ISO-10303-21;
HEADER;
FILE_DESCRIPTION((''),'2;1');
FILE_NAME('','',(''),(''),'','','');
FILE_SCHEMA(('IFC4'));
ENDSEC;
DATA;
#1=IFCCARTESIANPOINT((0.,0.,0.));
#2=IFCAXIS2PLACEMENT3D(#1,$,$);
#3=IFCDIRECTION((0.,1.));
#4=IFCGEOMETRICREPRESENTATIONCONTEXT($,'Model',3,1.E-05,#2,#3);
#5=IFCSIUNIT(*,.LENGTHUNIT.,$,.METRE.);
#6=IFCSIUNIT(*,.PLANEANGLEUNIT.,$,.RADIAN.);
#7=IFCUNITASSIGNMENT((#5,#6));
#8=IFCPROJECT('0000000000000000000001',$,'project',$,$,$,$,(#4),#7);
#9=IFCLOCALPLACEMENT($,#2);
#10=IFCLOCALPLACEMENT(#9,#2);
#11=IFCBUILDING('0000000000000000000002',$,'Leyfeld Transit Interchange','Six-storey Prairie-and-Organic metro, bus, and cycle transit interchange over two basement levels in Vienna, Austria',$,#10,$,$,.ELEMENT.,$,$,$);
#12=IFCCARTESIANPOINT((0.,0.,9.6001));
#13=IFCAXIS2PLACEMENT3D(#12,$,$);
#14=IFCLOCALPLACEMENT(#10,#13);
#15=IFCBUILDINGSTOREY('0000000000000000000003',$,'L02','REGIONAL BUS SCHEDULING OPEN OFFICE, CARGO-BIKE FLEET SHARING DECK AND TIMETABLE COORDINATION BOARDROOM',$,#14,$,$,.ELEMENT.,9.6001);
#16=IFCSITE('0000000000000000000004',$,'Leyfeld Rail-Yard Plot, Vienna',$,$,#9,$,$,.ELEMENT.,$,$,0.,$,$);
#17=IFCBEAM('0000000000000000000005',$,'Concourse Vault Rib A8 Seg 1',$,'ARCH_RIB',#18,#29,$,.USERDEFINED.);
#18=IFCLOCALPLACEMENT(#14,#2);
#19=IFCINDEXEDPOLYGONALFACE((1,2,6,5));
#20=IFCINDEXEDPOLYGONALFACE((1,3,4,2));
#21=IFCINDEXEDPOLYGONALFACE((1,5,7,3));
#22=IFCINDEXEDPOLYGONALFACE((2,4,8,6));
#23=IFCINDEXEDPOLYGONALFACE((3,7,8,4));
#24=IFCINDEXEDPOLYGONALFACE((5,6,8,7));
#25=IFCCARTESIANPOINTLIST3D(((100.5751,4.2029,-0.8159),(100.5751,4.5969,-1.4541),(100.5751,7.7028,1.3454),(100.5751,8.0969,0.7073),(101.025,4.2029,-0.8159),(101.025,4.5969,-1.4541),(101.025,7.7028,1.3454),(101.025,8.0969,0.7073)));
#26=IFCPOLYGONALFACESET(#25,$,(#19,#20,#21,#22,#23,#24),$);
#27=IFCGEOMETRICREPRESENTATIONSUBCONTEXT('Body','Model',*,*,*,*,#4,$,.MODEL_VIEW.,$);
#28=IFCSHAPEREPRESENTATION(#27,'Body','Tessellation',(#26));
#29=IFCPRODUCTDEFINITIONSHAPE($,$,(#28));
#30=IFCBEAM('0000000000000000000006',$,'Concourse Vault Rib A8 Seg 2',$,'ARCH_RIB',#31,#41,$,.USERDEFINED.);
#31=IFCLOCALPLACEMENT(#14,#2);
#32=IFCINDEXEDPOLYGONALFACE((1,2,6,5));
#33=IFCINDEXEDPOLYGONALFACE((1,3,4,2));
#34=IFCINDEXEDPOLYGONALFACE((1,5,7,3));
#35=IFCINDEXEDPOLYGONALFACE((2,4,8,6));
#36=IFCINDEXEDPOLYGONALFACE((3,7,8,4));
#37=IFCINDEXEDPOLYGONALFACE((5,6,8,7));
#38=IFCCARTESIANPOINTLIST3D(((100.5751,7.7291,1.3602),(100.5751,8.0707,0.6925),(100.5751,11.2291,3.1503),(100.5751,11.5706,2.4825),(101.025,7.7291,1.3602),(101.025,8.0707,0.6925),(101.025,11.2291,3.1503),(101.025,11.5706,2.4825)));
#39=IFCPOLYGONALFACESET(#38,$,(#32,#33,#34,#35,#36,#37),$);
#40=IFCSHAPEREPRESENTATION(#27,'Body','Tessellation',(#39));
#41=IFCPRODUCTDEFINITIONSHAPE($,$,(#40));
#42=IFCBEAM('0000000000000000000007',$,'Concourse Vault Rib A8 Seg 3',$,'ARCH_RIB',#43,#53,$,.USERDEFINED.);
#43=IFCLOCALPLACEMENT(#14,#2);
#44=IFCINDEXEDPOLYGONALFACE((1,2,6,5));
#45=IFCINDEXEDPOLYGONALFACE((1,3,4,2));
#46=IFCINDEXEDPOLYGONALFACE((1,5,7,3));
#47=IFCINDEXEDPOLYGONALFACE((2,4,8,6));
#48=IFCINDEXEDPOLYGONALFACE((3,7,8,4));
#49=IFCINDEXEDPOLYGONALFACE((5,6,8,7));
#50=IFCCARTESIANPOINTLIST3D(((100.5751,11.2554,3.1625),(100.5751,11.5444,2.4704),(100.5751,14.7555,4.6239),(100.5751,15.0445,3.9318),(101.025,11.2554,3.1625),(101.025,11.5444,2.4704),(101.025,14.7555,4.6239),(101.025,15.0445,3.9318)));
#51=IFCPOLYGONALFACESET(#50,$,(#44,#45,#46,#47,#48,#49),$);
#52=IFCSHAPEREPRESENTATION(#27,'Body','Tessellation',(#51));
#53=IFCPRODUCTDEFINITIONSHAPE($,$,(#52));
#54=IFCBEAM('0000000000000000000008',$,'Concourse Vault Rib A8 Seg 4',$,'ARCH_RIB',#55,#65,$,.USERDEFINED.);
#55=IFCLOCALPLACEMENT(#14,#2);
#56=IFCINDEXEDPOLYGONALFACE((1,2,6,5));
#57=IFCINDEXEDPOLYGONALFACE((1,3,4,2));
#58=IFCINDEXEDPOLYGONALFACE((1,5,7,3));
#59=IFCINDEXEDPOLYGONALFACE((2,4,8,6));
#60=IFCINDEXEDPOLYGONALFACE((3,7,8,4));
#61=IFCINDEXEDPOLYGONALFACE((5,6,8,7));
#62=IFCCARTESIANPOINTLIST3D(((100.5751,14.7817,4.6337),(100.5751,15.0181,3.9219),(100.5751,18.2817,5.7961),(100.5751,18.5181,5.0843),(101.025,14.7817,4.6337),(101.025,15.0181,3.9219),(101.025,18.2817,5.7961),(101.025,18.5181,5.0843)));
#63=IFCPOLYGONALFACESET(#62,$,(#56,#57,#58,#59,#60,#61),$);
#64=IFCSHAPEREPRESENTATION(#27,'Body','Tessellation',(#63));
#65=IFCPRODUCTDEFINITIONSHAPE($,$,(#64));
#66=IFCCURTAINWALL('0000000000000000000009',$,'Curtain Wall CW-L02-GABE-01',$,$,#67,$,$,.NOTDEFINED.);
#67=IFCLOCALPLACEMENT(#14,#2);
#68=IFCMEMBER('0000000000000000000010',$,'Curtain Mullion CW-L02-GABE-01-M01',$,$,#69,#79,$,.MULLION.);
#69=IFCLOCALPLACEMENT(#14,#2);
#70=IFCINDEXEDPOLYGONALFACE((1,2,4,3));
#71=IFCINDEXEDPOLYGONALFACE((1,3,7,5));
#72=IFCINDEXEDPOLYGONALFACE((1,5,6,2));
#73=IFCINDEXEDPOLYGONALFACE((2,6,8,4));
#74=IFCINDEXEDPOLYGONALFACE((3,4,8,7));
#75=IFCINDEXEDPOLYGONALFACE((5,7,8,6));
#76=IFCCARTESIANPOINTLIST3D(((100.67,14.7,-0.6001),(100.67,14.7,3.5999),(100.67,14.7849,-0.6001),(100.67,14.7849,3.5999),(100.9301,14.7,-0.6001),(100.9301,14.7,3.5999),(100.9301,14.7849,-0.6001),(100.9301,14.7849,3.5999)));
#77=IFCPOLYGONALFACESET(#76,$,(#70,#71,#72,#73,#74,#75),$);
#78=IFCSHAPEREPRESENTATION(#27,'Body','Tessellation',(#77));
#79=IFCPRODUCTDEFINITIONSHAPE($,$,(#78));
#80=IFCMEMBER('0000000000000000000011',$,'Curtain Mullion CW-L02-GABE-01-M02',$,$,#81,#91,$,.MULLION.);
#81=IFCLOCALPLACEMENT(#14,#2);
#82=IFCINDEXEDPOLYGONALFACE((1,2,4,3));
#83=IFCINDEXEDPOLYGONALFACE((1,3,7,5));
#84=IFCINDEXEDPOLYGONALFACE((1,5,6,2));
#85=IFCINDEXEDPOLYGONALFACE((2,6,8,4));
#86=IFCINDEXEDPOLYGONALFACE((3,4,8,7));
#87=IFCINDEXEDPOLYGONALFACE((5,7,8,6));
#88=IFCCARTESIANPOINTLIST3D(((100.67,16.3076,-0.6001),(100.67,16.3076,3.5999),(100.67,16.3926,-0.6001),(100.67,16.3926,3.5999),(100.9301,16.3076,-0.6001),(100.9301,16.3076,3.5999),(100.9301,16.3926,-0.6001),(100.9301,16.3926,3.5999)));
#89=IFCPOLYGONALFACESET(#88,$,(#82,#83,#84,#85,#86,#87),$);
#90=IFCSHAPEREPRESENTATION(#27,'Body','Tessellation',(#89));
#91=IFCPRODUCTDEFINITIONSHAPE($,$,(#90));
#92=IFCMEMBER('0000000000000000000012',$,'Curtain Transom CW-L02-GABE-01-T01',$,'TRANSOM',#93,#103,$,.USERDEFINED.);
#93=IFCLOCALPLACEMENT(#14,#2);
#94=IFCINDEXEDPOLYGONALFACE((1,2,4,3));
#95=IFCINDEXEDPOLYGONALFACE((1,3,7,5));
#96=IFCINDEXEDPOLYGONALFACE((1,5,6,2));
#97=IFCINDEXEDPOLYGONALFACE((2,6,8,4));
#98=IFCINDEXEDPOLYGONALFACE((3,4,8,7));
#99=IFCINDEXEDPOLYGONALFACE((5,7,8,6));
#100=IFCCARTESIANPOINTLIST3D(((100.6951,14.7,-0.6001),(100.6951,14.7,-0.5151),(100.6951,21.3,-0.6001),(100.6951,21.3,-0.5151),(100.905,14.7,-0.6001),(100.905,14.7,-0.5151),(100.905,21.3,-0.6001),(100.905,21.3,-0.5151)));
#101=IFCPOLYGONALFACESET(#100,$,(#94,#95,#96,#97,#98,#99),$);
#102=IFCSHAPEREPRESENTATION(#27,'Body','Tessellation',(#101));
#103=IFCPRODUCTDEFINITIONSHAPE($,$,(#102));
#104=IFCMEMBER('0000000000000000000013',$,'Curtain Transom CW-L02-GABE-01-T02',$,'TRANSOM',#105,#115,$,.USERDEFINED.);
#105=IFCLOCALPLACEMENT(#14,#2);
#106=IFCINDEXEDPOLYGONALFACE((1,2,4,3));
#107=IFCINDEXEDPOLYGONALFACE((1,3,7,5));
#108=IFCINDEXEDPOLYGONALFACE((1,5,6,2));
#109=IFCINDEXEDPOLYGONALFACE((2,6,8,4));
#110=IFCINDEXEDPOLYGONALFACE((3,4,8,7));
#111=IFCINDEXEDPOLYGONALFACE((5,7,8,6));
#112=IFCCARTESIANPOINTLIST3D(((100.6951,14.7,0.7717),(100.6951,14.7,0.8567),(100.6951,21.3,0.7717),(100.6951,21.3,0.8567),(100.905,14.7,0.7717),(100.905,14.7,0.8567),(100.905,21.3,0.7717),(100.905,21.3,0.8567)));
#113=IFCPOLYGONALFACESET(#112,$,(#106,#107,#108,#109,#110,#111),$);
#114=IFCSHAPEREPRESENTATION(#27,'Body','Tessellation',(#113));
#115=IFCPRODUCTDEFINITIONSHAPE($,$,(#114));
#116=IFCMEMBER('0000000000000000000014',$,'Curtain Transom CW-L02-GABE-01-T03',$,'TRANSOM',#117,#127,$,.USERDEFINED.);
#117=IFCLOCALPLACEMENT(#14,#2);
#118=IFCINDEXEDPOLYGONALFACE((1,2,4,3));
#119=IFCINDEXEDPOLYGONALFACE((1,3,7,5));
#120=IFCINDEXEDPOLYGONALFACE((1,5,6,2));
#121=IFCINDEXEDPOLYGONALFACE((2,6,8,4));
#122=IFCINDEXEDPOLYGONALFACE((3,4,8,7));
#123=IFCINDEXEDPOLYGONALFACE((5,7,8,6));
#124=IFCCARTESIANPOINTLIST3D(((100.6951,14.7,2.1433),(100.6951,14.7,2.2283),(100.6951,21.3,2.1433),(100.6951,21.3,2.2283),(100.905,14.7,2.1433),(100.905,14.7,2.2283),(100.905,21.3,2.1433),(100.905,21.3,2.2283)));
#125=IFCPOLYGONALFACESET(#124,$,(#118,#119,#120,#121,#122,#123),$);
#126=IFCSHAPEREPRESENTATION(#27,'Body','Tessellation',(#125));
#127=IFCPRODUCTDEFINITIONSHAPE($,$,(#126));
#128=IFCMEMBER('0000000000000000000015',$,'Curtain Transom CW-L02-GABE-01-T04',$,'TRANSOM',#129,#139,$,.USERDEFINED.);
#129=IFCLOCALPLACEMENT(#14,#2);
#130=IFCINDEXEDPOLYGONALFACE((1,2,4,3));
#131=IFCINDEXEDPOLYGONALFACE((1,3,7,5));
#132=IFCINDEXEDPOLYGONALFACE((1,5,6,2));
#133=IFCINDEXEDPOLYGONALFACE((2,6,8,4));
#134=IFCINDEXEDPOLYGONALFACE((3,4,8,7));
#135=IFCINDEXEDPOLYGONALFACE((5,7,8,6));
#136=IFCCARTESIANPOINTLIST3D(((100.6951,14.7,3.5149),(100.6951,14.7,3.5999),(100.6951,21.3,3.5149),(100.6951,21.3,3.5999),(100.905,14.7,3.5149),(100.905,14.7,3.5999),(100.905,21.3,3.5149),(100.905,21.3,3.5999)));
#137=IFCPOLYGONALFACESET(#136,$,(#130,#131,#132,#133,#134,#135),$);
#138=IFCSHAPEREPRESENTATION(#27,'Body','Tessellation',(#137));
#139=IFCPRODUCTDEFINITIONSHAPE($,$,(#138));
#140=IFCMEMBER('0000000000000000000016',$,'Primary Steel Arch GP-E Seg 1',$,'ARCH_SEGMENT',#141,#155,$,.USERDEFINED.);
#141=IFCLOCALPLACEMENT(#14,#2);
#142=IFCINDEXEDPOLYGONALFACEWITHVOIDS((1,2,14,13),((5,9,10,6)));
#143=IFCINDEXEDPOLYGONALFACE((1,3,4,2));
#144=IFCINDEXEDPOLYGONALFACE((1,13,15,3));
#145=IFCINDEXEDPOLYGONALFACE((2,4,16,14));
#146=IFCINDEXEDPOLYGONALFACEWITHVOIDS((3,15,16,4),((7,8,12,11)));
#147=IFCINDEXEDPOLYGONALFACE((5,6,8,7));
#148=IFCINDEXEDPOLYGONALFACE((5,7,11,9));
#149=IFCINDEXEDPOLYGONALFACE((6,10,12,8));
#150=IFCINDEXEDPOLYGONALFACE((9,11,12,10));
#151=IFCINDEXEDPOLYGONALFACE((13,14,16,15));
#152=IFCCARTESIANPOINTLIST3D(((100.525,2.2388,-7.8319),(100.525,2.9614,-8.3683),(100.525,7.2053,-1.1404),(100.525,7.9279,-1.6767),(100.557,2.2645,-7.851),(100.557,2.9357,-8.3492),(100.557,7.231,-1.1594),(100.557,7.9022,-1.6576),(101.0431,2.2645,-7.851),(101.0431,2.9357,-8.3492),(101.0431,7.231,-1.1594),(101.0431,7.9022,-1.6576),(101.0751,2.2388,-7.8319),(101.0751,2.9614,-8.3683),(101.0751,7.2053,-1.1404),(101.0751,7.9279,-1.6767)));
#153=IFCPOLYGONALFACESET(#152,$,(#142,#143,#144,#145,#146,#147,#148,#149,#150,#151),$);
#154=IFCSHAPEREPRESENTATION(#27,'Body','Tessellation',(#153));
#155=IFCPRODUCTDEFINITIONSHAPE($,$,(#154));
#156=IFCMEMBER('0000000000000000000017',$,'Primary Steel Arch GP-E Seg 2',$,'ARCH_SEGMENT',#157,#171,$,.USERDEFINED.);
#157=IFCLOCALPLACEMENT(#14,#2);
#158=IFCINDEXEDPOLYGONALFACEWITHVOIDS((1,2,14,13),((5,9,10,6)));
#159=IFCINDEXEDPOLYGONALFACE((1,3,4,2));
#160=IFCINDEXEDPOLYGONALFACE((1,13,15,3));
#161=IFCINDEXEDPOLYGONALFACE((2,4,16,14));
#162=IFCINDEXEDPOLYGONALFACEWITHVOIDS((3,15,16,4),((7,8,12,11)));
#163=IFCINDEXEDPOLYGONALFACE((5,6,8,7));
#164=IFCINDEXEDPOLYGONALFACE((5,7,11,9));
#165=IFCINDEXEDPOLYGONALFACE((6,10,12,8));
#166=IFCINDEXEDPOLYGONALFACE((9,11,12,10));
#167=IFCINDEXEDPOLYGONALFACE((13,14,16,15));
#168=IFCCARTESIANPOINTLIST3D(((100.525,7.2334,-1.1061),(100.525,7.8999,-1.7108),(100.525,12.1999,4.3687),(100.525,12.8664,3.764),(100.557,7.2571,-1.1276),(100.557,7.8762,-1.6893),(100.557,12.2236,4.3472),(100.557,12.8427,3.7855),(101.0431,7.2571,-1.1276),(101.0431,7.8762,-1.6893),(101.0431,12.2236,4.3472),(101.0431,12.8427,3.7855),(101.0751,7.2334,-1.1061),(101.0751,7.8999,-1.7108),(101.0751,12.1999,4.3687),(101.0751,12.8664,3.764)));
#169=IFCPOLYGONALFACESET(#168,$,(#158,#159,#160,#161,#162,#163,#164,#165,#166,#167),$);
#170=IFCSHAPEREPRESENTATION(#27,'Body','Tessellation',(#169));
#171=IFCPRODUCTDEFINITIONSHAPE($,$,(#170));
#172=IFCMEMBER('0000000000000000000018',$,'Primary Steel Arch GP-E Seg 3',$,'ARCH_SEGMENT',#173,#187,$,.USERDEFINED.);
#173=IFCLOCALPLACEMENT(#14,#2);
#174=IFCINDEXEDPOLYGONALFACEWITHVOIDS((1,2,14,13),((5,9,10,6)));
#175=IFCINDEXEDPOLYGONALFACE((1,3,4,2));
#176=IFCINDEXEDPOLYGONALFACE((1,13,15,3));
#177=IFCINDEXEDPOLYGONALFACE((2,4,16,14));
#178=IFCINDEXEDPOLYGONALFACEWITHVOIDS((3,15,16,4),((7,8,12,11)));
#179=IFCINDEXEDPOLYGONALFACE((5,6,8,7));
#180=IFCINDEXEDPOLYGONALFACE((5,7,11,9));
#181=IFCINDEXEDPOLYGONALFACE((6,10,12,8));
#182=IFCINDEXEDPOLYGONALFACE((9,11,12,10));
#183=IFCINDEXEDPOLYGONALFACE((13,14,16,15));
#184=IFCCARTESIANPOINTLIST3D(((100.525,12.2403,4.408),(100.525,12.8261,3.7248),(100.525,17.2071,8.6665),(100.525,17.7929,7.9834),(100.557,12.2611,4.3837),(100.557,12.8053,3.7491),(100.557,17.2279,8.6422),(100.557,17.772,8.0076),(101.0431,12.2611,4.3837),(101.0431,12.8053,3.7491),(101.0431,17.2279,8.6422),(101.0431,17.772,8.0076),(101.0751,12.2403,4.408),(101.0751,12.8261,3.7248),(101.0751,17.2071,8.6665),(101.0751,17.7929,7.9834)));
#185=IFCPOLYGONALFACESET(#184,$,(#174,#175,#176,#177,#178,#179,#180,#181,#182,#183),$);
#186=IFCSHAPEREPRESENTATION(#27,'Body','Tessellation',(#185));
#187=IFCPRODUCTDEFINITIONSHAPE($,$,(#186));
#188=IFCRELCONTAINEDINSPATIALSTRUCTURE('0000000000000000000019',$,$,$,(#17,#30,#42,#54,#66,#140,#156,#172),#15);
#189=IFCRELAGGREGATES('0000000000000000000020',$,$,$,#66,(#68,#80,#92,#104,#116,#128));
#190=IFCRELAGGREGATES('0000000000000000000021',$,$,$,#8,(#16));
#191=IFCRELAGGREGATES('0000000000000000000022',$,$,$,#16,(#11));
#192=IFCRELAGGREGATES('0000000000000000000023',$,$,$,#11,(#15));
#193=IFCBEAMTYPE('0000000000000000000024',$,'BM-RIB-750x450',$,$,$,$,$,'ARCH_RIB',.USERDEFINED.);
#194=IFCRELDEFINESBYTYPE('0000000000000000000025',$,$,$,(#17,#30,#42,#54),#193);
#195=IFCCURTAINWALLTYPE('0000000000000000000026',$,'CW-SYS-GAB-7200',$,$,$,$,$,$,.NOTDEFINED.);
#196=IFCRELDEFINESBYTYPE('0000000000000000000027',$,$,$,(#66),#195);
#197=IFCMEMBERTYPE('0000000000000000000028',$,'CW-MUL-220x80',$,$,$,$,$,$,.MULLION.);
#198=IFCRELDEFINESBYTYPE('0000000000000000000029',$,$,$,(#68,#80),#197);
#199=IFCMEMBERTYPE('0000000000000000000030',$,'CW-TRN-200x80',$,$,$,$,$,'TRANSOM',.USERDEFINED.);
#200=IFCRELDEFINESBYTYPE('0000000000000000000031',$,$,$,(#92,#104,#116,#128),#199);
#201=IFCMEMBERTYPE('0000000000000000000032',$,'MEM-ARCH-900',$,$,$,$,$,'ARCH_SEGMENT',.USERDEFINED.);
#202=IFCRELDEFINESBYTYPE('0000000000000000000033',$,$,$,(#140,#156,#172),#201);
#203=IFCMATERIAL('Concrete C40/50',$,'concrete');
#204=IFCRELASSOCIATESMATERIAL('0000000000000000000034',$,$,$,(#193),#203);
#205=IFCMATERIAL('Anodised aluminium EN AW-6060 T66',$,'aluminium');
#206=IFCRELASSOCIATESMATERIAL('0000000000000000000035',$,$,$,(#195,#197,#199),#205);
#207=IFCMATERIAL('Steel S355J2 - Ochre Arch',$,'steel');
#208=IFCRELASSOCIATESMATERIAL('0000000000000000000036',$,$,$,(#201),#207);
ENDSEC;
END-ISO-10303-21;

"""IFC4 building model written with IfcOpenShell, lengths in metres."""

from ifc_helpers import new_model, si_unit, direction, frame, origin, origin_2d, place, context, subcontext, project, spatial, rectangle, hollow_rectangle, extrude, material, material_profile, profile_set, type_object, element, aggregate, save


model = new_model("IFC4")

# Units and contexts
model_context = context("Model", 3, precision=1e-05, world=origin(), true_north=direction((0.0, 1.0)))
body_context = subcontext(model_context, "Body", "Model", "MODEL_VIEW")
ifc_project = project(units=[si_unit("LENGTHUNIT", "METRE"), si_unit("PLANEANGLEUNIT", "RADIAN")], contexts=[model_context])

# Site, building, storey
site_placement = place(None, origin())
site = spatial("IfcSite", under=ifc_project, at=site_placement, Name="Leyfeld Rail-Yard Plot, Vienna", CompositionType="ELEMENT", RefElevation=0.0)
building_placement = place(site_placement, origin())
building = spatial("IfcBuilding", under=site, at=building_placement, Name="Leyfeld Transit Interchange", Description="Six-storey Prairie-and-Organic metro, bus, and cycle transit interchange over two basement levels in Vienna, Austria", CompositionType="ELEMENT")
storey_placement = place(building_placement, frame((0.0, 0.0, 9.6001)))
storey = spatial("IfcBuildingStorey", under=building, at=storey_placement, Name="L02", Description="REGIONAL BUS SCHEDULING OPEN OFFICE, CARGO-BIKE FLEET SHARING DECK AND TIMETABLE COORDINATION BOARDROOM", CompositionType="ELEMENT", Elevation=9.6001)

# Beams
ifc_material_1 = material(Name="Concrete C40/50", Category="concrete")
ifc_material_profile_1 = material_profile(ifc_material_1, rectangle(XDim=0.45, YDim=0.75, at=origin_2d()), Name="RC 750x450 RIB")
ifc_profile_set_1 = profile_set([ifc_material_profile_1], Name="Concrete C40/50")
beam_type = type_object("IfcBeamType", Name="BM-RIB-750x450", ElementType="ARCH_RIB", PredefinedType="USERDEFINED", material=ifc_profile_set_1)
beam_1_placement = place(storey_placement, frame((100.8, 4.3999, -1.135), z_axis=(0.0, 0.85084, 0.525425), x_axis=(-1.0, 0.0, 0.0)))
element("IfcBeam", 1, at=beam_1_placement, inside=storey, type_object=beam_type, Name="Concourse Vault Rib A8 Seg 1", ObjectType="ARCH_RIB", PredefinedType="USERDEFINED", context=body_context, shape_type="SweptSolid", body=[
    extrude(rectangle(XDim=0.45, YDim=0.75, at=origin_2d()), origin(), (0.0, 0.0, 1.0), 4.1135),
])
beam_2_placement = place(storey_placement, frame((100.8, 7.8999, 1.0264), z_axis=(0.0, 0.890316, 0.455343), x_axis=(-1.0, 0.0, 0.0)))
element("IfcBeam", 2, at=beam_2_placement, inside=storey, type_object=beam_type, Name="Concourse Vault Rib A8 Seg 2", ObjectType="ARCH_RIB", PredefinedType="USERDEFINED", context=body_context, shape_type="SweptSolid", body=[
    extrude(rectangle(XDim=0.45, YDim=0.75, at=origin_2d()), origin(), (0.0, 0.0, 1.0), 3.9312),
])
beam_3_placement = place(storey_placement, frame((100.8, 11.3999, 2.8164), z_axis=(0.0, 0.922787, 0.38531), x_axis=(-1.0, 0.0, 0.0)))
element("IfcBeam", 3, at=beam_3_placement, inside=storey, type_object=beam_type, Name="Concourse Vault Rib A8 Seg 3", ObjectType="ARCH_RIB", PredefinedType="USERDEFINED", context=body_context, shape_type="SweptSolid", body=[
    extrude(rectangle(XDim=0.45, YDim=0.75, at=origin_2d()), origin(), (0.0, 0.0, 1.0), 3.793),
])
beam_4_placement = place(storey_placement, frame((100.8, 14.8999, 4.2778), z_axis=(0.0, 0.949034, 0.315175), x_axis=(-1.0, 0.0, 0.0)))
element("IfcBeam", 4, at=beam_4_placement, inside=storey, type_object=beam_type, Name="Concourse Vault Rib A8 Seg 4", ObjectType="ARCH_RIB", PredefinedType="USERDEFINED", context=body_context, shape_type="SweptSolid", body=[
    extrude(rectangle(XDim=0.45, YDim=0.75, at=origin_2d()), origin(), (0.0, 0.0, 1.0), 3.688),
])

# Curtain wall, members
ifc_material_2 = material(Name="Anodised aluminium EN AW-6060 T66", Category="aluminium")
curtain_wall_type = type_object("IfcCurtainWallType", Name="CW-SYS-GAB-7200", PredefinedType="NOTDEFINED", material=ifc_material_2)
curtain_wall_placement = place(storey_placement, origin())
curtain_wall = element("IfcCurtainWall", 5, at=curtain_wall_placement, inside=storey, type_object=curtain_wall_type, Name="Curtain Wall CW-L02-GABE-01", PredefinedType="NOTDEFINED")
ifc_material_profile_2 = material_profile(ifc_material_2, rectangle(XDim=0.085, YDim=0.26, at=origin_2d()), Name="CW-M 85x260")
ifc_profile_set_2 = profile_set([ifc_material_profile_2], Name="Anodised aluminium EN AW-6060 T66")
member_type_1 = type_object("IfcMemberType", Name="CW-MUL-220x80", PredefinedType="MULLION", material=ifc_profile_set_2)
member_1_placement = place(storey_placement, frame((100.8, 14.7424, -0.6001), z_axis=(0.0, 0.0, 1.0), x_axis=(0.0, 1.0, 0.0)))
member_1 = element("IfcMember", 6, at=member_1_placement, type_object=member_type_1, Name="Curtain Mullion CW-L02-GABE-01-M01", PredefinedType="MULLION", context=body_context, shape_type="SweptSolid", body=[
    extrude(rectangle(XDim=0.085, YDim=0.26, at=origin_2d()), origin(), (0.0, 0.0, 1.0), 4.2),
])
member_2_placement = place(storey_placement, frame((100.8, 16.3501, -0.6001), z_axis=(0.0, 0.0, 1.0), x_axis=(0.0, 1.0, 0.0)))
member_2 = element("IfcMember", 7, at=member_2_placement, type_object=member_type_1, Name="Curtain Mullion CW-L02-GABE-01-M02", PredefinedType="MULLION", context=body_context, shape_type="SweptSolid", body=[
    extrude(rectangle(XDim=0.085, YDim=0.26, at=origin_2d()), origin(), (0.0, 0.0, 1.0), 4.2),
])
ifc_material_profile_3 = material_profile(ifc_material_2, rectangle(XDim=0.21, YDim=0.085, at=origin_2d()), Name="CW-TRN-200x80")
ifc_profile_set_3 = profile_set([ifc_material_profile_3], Name="Anodised aluminium EN AW-6060 T66")
member_type_2 = type_object("IfcMemberType", Name="CW-TRN-200x80", ElementType="TRANSOM", PredefinedType="USERDEFINED", material=ifc_profile_set_3)
member_3_placement = place(storey_placement, frame((100.8, 14.7, -0.5576), z_axis=(0.0, 1.0, 0.0), x_axis=(-1.0, 0.0, 0.0)))
member_3 = element("IfcMember", 8, at=member_3_placement, type_object=member_type_2, Name="Curtain Transom CW-L02-GABE-01-T01", ObjectType="TRANSOM", PredefinedType="USERDEFINED", context=body_context, shape_type="SweptSolid", body=[
    extrude(rectangle(XDim=0.21, YDim=0.085, at=origin_2d()), origin(), (0.0, 0.0, 1.0), 6.6001),
])
member_4_placement = place(storey_placement, frame((100.8, 14.7, 0.8142), z_axis=(0.0, 1.0, 0.0), x_axis=(-1.0, 0.0, 0.0)))
member_4 = element("IfcMember", 9, at=member_4_placement, type_object=member_type_2, Name="Curtain Transom CW-L02-GABE-01-T02", ObjectType="TRANSOM", PredefinedType="USERDEFINED", context=body_context, shape_type="SweptSolid", body=[
    extrude(rectangle(XDim=0.21, YDim=0.085, at=origin_2d()), origin(), (0.0, 0.0, 1.0), 6.6001),
])
member_5_placement = place(storey_placement, frame((100.8, 14.7, 2.1858), z_axis=(0.0, 1.0, 0.0), x_axis=(-1.0, 0.0, 0.0)))
member_5 = element("IfcMember", 10, at=member_5_placement, type_object=member_type_2, Name="Curtain Transom CW-L02-GABE-01-T03", ObjectType="TRANSOM", PredefinedType="USERDEFINED", context=body_context, shape_type="SweptSolid", body=[
    extrude(rectangle(XDim=0.21, YDim=0.085, at=origin_2d()), origin(), (0.0, 0.0, 1.0), 6.6001),
])
member_6_placement = place(storey_placement, frame((100.8, 14.7, 3.5574), z_axis=(0.0, 1.0, 0.0), x_axis=(-1.0, 0.0, 0.0)))
member_6 = element("IfcMember", 11, at=member_6_placement, type_object=member_type_2, Name="Curtain Transom CW-L02-GABE-01-T04", ObjectType="TRANSOM", PredefinedType="USERDEFINED", context=body_context, shape_type="SweptSolid", body=[
    extrude(rectangle(XDim=0.21, YDim=0.085, at=origin_2d()), origin(), (0.0, 0.0, 1.0), 6.6001),
])

# Members
ifc_material_3 = material(Name="Steel S355J2 - Ochre Arch", Category="steel")
ifc_material_profile_4 = material_profile(ifc_material_3, hollow_rectangle(XDim=0.55, YDim=0.8999, WallThickness=0.032, at=origin_2d()), Name="RHS 900x550x32")
ifc_profile_set_4 = profile_set([ifc_material_profile_4], Name="Steel S355J2 - Ochre Arch")
member_type_3 = type_object("IfcMemberType", Name="MEM-ARCH-900", ElementType="ARCH_SEGMENT", PredefinedType="USERDEFINED", material=ifc_profile_set_4)
member_7_placement = place(storey_placement, frame((100.8, 2.6001, -8.1001), z_axis=(0.0, 0.595985, 0.802996), x_axis=(-1.0, 0.0, 0.0)))
element("IfcMember", 12, at=member_7_placement, inside=storey, type_object=member_type_3, Name="Primary Steel Arch GP-E Seg 1", ObjectType="ARCH_SEGMENT", PredefinedType="USERDEFINED", context=body_context, shape_type="SweptSolid", body=[
    extrude(hollow_rectangle(XDim=0.55, YDim=0.8999, WallThickness=0.032, at=origin_2d()), origin(), (0.0, 0.0, 1.0), 8.3333),
])
member_8_placement = place(storey_placement, frame((100.8, 7.5667, -1.4084), z_axis=(0.0, 0.671888, 0.740653), x_axis=(-1.0, 0.0, 0.0)))
element("IfcMember", 13, at=member_8_placement, inside=storey, type_object=member_type_3, Name="Primary Steel Arch GP-E Seg 2", ObjectType="ARCH_SEGMENT", PredefinedType="USERDEFINED", context=body_context, shape_type="SweptSolid", body=[
    extrude(hollow_rectangle(XDim=0.55, YDim=0.8999, WallThickness=0.032, at=origin_2d()), origin(), (0.0, 0.0, 1.0), 7.3918),
])
member_9_placement = place(storey_placement, frame((100.8, 12.5332, 4.0664), z_axis=(0.0, 0.759159, 0.650905), x_axis=(-1.0, 0.0, 0.0)))
element("IfcMember", 14, at=member_9_placement, inside=storey, type_object=member_type_3, Name="Primary Steel Arch GP-E Seg 3", ObjectType="ARCH_SEGMENT", PredefinedType="USERDEFINED", context=body_context, shape_type="SweptSolid", body=[
    extrude(hollow_rectangle(XDim=0.55, YDim=0.8999, WallThickness=0.032, at=origin_2d()), origin(), (0.0, 0.0, 1.0), 6.5425),
])

aggregate(curtain_wall, [member_1, member_2, member_3, member_4, member_5, member_6])

save(model, "model.ifc")
